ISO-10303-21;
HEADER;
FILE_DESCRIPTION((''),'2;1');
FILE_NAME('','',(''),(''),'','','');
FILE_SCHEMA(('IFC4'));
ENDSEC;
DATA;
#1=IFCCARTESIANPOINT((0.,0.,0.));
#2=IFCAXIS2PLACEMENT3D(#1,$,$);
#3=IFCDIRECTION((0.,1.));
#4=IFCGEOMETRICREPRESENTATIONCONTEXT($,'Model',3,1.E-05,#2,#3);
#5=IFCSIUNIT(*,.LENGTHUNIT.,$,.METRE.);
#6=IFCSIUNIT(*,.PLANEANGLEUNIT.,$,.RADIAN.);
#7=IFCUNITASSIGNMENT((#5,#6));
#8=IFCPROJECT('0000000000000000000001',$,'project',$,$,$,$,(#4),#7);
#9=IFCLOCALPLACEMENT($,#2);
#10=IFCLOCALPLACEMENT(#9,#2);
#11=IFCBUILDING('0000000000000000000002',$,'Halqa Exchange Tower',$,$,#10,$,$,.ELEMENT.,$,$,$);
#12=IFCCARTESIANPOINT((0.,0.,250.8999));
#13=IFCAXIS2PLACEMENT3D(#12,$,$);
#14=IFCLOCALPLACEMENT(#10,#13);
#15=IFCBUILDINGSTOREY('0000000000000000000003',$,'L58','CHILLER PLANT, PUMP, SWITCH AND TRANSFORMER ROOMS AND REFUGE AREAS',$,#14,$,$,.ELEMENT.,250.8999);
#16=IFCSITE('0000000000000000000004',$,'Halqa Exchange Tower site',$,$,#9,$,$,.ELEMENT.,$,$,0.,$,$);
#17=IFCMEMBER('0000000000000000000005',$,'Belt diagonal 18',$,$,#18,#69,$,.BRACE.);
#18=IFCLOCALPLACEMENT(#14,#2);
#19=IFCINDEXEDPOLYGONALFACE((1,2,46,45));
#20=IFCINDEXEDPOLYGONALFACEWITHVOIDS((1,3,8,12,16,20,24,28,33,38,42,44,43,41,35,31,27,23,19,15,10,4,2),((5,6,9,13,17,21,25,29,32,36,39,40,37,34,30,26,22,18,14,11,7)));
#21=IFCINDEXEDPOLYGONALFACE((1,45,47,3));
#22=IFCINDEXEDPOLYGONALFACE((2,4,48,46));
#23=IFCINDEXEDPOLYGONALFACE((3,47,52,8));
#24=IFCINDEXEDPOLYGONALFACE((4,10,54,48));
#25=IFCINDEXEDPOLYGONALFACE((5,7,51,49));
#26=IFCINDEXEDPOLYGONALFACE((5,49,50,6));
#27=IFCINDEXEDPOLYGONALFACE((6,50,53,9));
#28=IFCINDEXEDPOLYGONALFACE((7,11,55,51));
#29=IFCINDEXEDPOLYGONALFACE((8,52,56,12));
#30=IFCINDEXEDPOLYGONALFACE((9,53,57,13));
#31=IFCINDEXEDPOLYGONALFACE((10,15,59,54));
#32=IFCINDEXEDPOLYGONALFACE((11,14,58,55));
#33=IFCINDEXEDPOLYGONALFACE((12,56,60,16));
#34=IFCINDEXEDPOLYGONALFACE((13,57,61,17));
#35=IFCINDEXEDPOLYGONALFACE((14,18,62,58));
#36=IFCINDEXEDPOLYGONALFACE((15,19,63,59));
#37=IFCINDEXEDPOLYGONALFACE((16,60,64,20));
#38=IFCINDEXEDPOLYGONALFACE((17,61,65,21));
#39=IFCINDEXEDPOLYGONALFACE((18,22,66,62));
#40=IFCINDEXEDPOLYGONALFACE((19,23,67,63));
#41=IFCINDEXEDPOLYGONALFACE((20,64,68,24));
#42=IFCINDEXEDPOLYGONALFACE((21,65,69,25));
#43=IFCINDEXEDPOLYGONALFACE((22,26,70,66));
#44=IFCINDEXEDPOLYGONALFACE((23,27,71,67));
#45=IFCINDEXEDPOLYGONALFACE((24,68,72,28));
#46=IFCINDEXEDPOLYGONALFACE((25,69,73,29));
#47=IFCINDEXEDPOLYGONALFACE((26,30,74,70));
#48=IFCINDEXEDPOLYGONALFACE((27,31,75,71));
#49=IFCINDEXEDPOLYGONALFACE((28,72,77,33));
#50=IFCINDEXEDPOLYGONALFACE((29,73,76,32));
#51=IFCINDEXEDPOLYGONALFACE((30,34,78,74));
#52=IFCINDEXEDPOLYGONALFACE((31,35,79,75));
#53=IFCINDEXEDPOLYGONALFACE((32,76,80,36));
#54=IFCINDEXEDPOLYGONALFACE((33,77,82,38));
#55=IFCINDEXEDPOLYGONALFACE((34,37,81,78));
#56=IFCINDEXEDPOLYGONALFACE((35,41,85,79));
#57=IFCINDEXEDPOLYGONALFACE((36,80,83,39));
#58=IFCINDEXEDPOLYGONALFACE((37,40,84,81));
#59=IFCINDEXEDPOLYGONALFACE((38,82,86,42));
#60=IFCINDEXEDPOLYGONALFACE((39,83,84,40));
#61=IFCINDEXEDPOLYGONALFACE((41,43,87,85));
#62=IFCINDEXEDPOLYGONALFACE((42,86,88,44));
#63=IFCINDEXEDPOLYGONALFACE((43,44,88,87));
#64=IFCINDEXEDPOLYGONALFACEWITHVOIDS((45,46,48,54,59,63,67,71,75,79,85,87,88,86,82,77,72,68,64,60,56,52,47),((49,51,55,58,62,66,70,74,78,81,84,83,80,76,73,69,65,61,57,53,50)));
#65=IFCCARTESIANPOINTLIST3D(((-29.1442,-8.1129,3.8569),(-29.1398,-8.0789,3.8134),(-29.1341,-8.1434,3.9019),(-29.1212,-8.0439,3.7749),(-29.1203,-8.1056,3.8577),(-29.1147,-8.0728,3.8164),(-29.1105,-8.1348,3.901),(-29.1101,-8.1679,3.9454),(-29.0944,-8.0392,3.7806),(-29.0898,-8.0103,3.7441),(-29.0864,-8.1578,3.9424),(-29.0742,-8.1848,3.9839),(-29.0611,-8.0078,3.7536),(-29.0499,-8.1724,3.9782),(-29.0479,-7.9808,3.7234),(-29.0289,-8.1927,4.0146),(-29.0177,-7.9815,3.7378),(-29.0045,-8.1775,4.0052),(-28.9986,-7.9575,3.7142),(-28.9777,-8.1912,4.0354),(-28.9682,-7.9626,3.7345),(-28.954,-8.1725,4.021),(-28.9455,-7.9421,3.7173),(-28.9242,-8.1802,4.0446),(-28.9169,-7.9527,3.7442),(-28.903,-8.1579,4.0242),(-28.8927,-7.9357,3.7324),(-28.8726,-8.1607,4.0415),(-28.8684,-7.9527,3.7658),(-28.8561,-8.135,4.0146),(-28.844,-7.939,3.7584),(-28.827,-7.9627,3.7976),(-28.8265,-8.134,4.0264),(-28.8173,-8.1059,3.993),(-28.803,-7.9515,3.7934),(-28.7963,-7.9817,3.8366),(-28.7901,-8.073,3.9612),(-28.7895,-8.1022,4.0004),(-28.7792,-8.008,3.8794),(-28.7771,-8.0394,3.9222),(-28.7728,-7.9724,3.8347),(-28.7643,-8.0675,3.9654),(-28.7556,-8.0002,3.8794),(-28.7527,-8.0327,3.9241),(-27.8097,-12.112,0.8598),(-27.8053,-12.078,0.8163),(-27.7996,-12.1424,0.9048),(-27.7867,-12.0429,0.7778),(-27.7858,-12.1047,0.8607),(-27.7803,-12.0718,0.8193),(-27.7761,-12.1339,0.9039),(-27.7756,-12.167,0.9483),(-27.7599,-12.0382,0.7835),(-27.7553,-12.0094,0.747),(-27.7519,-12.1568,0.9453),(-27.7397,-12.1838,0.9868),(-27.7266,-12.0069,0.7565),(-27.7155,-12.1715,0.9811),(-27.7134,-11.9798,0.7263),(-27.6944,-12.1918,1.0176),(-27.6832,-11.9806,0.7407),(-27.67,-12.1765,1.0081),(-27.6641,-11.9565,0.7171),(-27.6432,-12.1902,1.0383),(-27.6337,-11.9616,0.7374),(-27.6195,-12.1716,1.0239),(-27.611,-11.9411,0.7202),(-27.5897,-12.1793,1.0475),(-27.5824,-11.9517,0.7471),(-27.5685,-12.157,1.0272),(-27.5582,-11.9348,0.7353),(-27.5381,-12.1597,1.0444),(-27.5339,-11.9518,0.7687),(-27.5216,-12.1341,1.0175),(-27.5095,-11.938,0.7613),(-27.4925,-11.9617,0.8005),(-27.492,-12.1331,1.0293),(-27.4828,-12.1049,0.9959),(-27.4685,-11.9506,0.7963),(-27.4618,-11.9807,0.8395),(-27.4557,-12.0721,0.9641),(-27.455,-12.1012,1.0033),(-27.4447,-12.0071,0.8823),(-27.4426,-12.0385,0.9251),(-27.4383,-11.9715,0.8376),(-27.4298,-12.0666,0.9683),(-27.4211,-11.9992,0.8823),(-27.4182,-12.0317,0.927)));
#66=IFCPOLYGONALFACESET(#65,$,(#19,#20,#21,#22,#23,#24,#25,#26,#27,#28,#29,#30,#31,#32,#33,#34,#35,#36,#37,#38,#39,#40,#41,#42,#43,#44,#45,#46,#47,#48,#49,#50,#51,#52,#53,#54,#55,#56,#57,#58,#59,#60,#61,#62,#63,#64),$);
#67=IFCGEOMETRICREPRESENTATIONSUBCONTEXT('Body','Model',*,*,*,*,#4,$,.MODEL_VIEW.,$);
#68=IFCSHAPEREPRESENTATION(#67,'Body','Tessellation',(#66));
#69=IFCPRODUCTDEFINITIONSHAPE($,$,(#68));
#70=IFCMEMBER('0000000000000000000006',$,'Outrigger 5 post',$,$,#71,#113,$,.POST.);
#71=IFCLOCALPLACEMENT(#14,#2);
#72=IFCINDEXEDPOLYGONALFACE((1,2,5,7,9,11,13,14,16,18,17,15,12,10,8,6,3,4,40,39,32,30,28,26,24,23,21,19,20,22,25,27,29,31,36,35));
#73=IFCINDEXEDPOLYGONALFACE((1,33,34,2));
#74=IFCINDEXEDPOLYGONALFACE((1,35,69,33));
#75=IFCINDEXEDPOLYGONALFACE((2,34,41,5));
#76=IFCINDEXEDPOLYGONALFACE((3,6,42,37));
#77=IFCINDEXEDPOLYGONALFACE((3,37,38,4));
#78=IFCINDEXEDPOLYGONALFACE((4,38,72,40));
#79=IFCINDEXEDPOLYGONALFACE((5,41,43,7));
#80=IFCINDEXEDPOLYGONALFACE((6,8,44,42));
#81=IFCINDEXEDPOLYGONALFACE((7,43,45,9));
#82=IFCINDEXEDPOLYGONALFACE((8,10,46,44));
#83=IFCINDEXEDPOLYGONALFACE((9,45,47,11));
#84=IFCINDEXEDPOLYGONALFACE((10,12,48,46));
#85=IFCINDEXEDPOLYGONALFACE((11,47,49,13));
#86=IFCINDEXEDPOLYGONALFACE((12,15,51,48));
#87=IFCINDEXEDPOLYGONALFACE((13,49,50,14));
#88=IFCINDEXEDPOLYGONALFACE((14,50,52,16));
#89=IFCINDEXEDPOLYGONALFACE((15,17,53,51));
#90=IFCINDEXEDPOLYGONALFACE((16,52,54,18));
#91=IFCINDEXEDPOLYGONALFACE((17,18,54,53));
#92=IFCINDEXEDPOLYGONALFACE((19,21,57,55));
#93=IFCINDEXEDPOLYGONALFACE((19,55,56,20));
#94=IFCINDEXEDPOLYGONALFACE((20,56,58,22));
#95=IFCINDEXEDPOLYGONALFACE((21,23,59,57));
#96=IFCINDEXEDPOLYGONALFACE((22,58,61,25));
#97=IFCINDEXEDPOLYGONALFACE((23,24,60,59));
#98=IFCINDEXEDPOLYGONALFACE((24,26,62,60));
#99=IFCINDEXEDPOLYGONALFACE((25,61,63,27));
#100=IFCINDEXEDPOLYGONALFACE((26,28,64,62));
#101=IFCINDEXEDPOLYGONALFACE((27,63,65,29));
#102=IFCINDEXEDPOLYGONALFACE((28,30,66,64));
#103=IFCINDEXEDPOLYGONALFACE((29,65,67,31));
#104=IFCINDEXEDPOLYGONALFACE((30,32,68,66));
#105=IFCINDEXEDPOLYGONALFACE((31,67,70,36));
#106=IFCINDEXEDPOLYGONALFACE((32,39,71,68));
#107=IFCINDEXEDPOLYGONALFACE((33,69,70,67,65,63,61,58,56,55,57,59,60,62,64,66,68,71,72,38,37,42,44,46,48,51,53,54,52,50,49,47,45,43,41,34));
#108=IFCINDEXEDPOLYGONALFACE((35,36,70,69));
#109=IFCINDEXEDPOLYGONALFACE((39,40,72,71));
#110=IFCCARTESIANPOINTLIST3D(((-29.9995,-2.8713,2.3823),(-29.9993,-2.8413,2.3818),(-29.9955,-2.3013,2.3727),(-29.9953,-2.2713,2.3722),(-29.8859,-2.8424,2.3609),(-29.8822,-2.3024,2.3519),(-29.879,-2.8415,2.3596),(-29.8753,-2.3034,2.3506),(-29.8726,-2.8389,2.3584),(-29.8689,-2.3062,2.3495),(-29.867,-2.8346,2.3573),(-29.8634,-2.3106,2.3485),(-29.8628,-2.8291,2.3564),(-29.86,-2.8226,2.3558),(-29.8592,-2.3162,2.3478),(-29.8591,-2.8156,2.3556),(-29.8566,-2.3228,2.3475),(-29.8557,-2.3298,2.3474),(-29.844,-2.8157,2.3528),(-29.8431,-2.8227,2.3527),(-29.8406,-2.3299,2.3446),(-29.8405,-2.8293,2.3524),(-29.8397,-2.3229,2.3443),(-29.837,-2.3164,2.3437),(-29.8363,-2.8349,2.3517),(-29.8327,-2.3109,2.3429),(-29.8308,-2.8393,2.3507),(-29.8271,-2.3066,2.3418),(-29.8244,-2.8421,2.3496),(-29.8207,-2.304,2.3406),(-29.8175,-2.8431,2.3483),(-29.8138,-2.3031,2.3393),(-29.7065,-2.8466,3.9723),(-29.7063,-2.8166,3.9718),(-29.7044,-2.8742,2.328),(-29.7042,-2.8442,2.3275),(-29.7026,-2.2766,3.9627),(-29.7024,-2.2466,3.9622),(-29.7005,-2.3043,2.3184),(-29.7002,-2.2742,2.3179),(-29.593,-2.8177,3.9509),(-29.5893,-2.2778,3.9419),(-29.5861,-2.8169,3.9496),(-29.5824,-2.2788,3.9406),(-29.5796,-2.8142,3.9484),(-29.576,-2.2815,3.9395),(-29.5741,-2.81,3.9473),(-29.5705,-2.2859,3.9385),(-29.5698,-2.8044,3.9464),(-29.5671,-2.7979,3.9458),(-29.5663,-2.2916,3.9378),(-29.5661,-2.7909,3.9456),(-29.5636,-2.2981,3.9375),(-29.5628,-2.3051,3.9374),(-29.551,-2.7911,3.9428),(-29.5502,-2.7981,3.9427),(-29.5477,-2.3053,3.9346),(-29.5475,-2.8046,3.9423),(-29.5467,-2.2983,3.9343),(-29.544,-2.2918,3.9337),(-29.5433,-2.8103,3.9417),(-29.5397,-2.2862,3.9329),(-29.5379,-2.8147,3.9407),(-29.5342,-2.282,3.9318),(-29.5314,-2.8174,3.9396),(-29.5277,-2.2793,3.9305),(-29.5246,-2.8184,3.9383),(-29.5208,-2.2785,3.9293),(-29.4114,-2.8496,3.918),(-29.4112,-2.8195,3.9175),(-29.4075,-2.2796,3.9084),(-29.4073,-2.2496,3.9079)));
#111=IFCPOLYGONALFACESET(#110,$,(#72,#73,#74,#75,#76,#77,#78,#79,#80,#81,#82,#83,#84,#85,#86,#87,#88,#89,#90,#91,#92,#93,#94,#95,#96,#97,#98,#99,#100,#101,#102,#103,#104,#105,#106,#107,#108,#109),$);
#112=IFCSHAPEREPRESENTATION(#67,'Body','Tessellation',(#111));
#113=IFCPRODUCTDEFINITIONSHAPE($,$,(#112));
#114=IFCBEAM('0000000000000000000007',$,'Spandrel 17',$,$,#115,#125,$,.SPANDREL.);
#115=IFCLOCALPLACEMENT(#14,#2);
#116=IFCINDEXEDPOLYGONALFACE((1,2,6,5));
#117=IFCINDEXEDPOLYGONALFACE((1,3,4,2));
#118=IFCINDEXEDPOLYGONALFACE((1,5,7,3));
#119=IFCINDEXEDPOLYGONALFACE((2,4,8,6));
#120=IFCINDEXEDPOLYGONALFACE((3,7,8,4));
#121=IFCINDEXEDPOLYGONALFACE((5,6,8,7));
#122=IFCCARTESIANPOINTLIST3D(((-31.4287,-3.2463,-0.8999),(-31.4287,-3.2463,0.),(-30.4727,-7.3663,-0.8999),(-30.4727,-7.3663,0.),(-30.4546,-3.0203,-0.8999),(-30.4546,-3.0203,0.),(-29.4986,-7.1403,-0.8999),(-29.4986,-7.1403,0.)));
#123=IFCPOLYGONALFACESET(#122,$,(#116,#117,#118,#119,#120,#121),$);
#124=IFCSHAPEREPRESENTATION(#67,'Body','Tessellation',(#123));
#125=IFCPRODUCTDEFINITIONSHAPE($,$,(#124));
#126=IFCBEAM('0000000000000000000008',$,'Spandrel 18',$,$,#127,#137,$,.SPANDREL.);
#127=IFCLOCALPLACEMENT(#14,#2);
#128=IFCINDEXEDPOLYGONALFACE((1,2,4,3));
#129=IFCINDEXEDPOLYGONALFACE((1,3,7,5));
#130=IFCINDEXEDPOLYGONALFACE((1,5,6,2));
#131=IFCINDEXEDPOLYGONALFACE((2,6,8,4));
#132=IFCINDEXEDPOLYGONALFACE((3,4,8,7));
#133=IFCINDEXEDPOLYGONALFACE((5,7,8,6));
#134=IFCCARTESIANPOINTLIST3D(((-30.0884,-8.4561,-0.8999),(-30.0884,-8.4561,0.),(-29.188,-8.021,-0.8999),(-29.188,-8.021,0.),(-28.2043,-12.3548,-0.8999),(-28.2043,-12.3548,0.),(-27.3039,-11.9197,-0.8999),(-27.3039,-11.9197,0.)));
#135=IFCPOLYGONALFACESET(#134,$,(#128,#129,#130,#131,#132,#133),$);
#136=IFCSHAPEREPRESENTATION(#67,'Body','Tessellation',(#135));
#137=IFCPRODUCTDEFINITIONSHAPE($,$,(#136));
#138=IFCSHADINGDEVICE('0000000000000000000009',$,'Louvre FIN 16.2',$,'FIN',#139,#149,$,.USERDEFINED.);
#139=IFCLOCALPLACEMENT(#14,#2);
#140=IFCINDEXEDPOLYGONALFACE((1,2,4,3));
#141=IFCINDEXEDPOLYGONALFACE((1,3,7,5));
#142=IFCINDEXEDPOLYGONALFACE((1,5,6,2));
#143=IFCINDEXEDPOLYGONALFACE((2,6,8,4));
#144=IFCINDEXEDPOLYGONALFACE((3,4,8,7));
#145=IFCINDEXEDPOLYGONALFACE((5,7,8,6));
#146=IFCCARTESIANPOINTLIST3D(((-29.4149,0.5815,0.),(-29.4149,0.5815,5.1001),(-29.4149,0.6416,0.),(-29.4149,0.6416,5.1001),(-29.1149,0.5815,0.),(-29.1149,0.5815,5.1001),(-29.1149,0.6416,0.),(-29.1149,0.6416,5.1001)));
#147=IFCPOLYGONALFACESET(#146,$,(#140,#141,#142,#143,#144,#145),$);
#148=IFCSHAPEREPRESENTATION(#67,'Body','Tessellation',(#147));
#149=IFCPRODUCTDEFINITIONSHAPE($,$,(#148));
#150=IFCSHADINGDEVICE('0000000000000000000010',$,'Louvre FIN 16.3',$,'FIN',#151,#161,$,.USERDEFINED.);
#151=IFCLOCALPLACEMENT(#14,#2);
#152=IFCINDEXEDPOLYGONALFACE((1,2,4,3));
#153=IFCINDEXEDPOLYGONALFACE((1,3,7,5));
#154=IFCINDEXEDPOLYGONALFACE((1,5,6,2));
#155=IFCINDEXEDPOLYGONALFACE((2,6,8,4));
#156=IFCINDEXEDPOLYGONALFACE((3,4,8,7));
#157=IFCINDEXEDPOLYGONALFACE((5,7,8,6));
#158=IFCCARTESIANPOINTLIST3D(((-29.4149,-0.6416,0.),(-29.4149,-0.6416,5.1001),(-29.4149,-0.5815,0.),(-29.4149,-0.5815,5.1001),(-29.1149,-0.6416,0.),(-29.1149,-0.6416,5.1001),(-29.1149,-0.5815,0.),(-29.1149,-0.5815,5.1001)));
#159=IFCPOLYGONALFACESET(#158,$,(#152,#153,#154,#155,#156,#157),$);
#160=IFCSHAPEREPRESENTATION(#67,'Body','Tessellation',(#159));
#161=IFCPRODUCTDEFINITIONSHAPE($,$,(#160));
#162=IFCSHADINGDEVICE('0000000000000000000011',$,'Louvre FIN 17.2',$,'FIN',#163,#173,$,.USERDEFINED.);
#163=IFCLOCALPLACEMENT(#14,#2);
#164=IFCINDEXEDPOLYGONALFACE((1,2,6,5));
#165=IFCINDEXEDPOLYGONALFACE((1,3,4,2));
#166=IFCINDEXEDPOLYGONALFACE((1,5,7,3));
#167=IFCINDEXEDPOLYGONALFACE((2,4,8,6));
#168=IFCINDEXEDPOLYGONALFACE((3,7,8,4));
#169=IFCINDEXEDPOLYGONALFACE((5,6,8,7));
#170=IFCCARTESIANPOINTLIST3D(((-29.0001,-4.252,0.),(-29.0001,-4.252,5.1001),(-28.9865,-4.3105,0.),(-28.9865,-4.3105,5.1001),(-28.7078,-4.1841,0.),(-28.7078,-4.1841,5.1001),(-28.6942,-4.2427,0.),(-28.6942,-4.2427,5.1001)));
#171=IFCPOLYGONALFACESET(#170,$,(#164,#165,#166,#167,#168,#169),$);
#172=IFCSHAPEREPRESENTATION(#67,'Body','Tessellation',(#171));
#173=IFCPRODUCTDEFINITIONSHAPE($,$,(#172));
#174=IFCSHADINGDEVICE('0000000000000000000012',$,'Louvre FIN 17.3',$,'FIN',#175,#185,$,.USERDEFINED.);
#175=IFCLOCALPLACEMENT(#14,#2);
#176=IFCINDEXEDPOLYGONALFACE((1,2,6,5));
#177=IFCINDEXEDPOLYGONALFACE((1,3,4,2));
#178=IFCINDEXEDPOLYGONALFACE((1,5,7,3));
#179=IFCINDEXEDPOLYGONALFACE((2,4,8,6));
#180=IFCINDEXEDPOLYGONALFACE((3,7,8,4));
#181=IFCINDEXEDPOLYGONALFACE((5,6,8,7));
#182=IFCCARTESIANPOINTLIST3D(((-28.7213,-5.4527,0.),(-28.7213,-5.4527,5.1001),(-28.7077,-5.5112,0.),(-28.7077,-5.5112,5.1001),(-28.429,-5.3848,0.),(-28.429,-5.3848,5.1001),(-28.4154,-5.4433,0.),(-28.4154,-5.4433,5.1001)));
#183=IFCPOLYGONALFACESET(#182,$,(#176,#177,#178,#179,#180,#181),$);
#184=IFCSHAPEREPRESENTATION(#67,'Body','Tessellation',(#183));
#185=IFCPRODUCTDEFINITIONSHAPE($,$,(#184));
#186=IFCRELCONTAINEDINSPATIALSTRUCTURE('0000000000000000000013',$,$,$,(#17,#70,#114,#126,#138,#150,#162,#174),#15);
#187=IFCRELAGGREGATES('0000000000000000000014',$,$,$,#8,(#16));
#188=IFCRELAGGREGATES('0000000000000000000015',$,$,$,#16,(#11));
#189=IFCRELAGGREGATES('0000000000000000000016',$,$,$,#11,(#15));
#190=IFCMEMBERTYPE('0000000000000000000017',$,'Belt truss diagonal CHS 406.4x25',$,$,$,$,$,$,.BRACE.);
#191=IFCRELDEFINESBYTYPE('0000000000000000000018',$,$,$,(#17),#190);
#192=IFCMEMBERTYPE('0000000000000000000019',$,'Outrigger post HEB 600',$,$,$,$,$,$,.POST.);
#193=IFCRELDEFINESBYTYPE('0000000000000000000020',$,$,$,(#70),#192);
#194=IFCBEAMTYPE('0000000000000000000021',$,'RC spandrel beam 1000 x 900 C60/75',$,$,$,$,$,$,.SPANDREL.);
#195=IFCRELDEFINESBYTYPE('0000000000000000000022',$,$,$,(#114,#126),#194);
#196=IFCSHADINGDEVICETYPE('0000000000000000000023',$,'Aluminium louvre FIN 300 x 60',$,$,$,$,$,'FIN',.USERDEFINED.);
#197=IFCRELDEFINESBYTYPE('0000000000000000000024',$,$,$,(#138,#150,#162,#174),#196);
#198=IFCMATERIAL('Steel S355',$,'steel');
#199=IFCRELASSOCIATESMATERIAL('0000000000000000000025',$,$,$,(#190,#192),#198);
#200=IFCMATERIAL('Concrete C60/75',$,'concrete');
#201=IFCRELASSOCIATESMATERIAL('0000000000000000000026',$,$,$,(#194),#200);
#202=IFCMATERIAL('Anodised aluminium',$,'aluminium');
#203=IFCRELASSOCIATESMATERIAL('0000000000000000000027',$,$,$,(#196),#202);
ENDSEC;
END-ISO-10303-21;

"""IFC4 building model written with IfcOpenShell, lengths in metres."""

from ifc_helpers import new_model, si_unit, direction, frame, origin, origin_2d, place, context, subcontext, project, spatial, rectangle, hollow_circle, i_section, extrude, material, material_profile, profile_set, type_object, element, save


model = new_model("IFC4")

# Units and contexts
model_context = context("Model", 3, precision=1e-05, world=origin(), true_north=direction((0.0, 1.0)))
body_context = subcontext(model_context, "Body", "Model", "MODEL_VIEW")
ifc_project = project(units=[si_unit("LENGTHUNIT", "METRE"), si_unit("PLANEANGLEUNIT", "RADIAN")], contexts=[model_context])

# Site, building, storey
site_placement = place(None, origin())
site = spatial("IfcSite", under=ifc_project, at=site_placement, Name="Halqa Exchange Tower site", CompositionType="ELEMENT", RefElevation=0.0)
building_placement = place(site_placement, origin())
building = spatial("IfcBuilding", under=site, at=building_placement, Name="Halqa Exchange Tower", CompositionType="ELEMENT")
storey_placement = place(building_placement, frame((0.0, 0.0, 250.8999)))
storey = spatial("IfcBuildingStorey", under=building, at=storey_placement, Name="L58", Description="CHILLER PLANT, PUMP, SWITCH AND TRANSFORMER ROOMS AND REFUGE AREAS", CompositionType="ELEMENT", Elevation=250.8999)

# Shared definitions
ifc_material_1 = material(Name="Concrete C60/75", Category="concrete")

# Members
ifc_material_2 = material(Name="Steel S355", Category="steel")
ifc_material_profile_1 = material_profile(ifc_material_2, hollow_circle(Radius=0.2031, WallThickness=0.0249, at=origin_2d()), Name="CHS 406.4x25")
ifc_profile_set_1 = profile_set([ifc_material_profile_1], Name="Steel S355")
member_type_1 = type_object("IfcMemberType", Name="Belt truss diagonal CHS 406.4x25", PredefinedType="BRACE", material=ifc_profile_set_1)
member_1_placement = place(storey_placement, frame((-28.9482, -8.0645, 3.8794), z_axis=(0.25799, -0.773122, -0.579417), x_axis=(0.948579, 0.31654, 0.0)))
element("IfcMember", 1, at=member_1_placement, inside=storey, type_object=member_type_1, Name="Belt diagonal 18", PredefinedType="BRACE", context=body_context, shape_type="SweptSolid", body=[
    extrude(hollow_circle(Radius=0.2031, WallThickness=0.0249, at=origin_2d()), origin(), (0.0, 0.0, 1.0), 5.1726),
])
ifc_material_profile_2 = material_profile(ifc_material_2, i_section(OverallWidth=0.3, OverallDepth=0.6001, WebThickness=0.0154, FlangeThickness=0.03, FilletRadius=0.0271, at=origin_2d()), Name="HEB 600")
ifc_profile_set_2 = profile_set([ifc_material_profile_2], Name="Steel S355")
member_type_2 = type_object("IfcMemberType", Name="Outrigger post HEB 600", PredefinedType="POST", material=ifc_profile_set_2)
member_2_placement = place(storey_placement, frame((-29.8499, -2.5728, 2.3501), z_axis=(0.181176, 0.015249, 0.983332), x_axis=(0.983427, -0.009821, -0.181041)))
element("IfcMember", 2, at=member_2_placement, inside=storey, type_object=member_type_2, Name="Outrigger 5 post", PredefinedType="POST", context=body_context, shape_type="SweptSolid", body=[
    extrude(i_section(OverallWidth=0.3, OverallDepth=0.6001, WebThickness=0.0154, FlangeThickness=0.03, FilletRadius=0.0271, at=origin_2d()), origin(), (0.0, 0.0, 1.0), 1.6169),
])

# Beams
ifc_material_profile_3 = material_profile(ifc_material_1, rectangle(XDim=1.0, YDim=0.8999, at=origin_2d()), Name="1000 x 900")
ifc_profile_set_3 = profile_set([ifc_material_profile_3], Name="Concrete C60/75")
beam_type = type_object("IfcBeamType", Name="RC spandrel beam 1000 x 900 C60/75", PredefinedType="SPANDREL", material=ifc_profile_set_3)
beam_1_placement = place(storey_placement, frame((-30.9417, -3.1333, -0.45), z_axis=(0.22604, -0.974118, 0.0), x_axis=(0.974118, 0.22604, 0.0)))
element("IfcBeam", 3, at=beam_1_placement, inside=storey, type_object=beam_type, Name="Spandrel 17", PredefinedType="SPANDREL", context=body_context, shape_type="SweptSolid", body=[
    extrude(rectangle(XDim=1.0, YDim=0.8999, at=origin_2d()), origin(), (0.0, 0.0, 1.0), 4.2295),
])
beam_2_placement = place(storey_placement, frame((-29.6382, -8.2385, -0.45), z_axis=(0.435107, -0.900379, 0.0), x_axis=(0.900379, 0.435107, 0.0)))
element("IfcBeam", 4, at=beam_2_placement, inside=storey, type_object=beam_type, Name="Spandrel 18", PredefinedType="SPANDREL", context=body_context, shape_type="SweptSolid", body=[
    extrude(rectangle(XDim=1.0, YDim=0.8999, at=origin_2d()), origin(), (0.0, 0.0, 1.0), 4.3301),
])

# Shading devices
ifc_material_3 = material(Name="Anodised aluminium", Category="aluminium")
ifc_material_profile_4 = material_profile(ifc_material_3, rectangle(XDim=0.3, YDim=0.0601, at=origin_2d()), Name="AL FIN 300x60")
ifc_profile_set_4 = profile_set([ifc_material_profile_4], Name="Anodised aluminium")
shading_device_type = type_object("IfcShadingDeviceType", Name="Aluminium louvre FIN 300 x 60", ElementType="FIN", PredefinedType="USERDEFINED", material=ifc_profile_set_4)
for number, where, z_axis, x_axis, name in (
    (5, (-29.2649, 0.6116, 0.0), (0.0, 0.0, 1.0), (1.0, 0.0, 0.0), "Louvre FIN 16.2"),
    (6, (-29.2649, -0.6116, 0.0), (0.0, 0.0, 1.0), (1.0, 0.0, 0.0), "Louvre FIN 16.3"),
    (7, (-28.8472, -4.2473, 0.0), (0.0, 0.0, 1.0), (0.974113, 0.226061, 0.0), "Louvre FIN 17.2"),
    (8, (-28.5684, -5.448, 0.0), (0.0, 0.0, 1.0), (0.974113, 0.226061, 0.0), "Louvre FIN 17.3"),
):
    element("IfcShadingDevice", number, at=place(storey_placement, frame(where, z_axis=z_axis, x_axis=x_axis)), inside=storey, type_object=shading_device_type, Name=name, ObjectType="FIN", PredefinedType="USERDEFINED", context=body_context, shape_type="SweptSolid", body=[
        extrude(rectangle(XDim=0.3, YDim=0.0601, at=origin_2d()), origin(), (0.0, 0.0, 1.0), 5.1001),
    ])

save(model, "model.ifc")
